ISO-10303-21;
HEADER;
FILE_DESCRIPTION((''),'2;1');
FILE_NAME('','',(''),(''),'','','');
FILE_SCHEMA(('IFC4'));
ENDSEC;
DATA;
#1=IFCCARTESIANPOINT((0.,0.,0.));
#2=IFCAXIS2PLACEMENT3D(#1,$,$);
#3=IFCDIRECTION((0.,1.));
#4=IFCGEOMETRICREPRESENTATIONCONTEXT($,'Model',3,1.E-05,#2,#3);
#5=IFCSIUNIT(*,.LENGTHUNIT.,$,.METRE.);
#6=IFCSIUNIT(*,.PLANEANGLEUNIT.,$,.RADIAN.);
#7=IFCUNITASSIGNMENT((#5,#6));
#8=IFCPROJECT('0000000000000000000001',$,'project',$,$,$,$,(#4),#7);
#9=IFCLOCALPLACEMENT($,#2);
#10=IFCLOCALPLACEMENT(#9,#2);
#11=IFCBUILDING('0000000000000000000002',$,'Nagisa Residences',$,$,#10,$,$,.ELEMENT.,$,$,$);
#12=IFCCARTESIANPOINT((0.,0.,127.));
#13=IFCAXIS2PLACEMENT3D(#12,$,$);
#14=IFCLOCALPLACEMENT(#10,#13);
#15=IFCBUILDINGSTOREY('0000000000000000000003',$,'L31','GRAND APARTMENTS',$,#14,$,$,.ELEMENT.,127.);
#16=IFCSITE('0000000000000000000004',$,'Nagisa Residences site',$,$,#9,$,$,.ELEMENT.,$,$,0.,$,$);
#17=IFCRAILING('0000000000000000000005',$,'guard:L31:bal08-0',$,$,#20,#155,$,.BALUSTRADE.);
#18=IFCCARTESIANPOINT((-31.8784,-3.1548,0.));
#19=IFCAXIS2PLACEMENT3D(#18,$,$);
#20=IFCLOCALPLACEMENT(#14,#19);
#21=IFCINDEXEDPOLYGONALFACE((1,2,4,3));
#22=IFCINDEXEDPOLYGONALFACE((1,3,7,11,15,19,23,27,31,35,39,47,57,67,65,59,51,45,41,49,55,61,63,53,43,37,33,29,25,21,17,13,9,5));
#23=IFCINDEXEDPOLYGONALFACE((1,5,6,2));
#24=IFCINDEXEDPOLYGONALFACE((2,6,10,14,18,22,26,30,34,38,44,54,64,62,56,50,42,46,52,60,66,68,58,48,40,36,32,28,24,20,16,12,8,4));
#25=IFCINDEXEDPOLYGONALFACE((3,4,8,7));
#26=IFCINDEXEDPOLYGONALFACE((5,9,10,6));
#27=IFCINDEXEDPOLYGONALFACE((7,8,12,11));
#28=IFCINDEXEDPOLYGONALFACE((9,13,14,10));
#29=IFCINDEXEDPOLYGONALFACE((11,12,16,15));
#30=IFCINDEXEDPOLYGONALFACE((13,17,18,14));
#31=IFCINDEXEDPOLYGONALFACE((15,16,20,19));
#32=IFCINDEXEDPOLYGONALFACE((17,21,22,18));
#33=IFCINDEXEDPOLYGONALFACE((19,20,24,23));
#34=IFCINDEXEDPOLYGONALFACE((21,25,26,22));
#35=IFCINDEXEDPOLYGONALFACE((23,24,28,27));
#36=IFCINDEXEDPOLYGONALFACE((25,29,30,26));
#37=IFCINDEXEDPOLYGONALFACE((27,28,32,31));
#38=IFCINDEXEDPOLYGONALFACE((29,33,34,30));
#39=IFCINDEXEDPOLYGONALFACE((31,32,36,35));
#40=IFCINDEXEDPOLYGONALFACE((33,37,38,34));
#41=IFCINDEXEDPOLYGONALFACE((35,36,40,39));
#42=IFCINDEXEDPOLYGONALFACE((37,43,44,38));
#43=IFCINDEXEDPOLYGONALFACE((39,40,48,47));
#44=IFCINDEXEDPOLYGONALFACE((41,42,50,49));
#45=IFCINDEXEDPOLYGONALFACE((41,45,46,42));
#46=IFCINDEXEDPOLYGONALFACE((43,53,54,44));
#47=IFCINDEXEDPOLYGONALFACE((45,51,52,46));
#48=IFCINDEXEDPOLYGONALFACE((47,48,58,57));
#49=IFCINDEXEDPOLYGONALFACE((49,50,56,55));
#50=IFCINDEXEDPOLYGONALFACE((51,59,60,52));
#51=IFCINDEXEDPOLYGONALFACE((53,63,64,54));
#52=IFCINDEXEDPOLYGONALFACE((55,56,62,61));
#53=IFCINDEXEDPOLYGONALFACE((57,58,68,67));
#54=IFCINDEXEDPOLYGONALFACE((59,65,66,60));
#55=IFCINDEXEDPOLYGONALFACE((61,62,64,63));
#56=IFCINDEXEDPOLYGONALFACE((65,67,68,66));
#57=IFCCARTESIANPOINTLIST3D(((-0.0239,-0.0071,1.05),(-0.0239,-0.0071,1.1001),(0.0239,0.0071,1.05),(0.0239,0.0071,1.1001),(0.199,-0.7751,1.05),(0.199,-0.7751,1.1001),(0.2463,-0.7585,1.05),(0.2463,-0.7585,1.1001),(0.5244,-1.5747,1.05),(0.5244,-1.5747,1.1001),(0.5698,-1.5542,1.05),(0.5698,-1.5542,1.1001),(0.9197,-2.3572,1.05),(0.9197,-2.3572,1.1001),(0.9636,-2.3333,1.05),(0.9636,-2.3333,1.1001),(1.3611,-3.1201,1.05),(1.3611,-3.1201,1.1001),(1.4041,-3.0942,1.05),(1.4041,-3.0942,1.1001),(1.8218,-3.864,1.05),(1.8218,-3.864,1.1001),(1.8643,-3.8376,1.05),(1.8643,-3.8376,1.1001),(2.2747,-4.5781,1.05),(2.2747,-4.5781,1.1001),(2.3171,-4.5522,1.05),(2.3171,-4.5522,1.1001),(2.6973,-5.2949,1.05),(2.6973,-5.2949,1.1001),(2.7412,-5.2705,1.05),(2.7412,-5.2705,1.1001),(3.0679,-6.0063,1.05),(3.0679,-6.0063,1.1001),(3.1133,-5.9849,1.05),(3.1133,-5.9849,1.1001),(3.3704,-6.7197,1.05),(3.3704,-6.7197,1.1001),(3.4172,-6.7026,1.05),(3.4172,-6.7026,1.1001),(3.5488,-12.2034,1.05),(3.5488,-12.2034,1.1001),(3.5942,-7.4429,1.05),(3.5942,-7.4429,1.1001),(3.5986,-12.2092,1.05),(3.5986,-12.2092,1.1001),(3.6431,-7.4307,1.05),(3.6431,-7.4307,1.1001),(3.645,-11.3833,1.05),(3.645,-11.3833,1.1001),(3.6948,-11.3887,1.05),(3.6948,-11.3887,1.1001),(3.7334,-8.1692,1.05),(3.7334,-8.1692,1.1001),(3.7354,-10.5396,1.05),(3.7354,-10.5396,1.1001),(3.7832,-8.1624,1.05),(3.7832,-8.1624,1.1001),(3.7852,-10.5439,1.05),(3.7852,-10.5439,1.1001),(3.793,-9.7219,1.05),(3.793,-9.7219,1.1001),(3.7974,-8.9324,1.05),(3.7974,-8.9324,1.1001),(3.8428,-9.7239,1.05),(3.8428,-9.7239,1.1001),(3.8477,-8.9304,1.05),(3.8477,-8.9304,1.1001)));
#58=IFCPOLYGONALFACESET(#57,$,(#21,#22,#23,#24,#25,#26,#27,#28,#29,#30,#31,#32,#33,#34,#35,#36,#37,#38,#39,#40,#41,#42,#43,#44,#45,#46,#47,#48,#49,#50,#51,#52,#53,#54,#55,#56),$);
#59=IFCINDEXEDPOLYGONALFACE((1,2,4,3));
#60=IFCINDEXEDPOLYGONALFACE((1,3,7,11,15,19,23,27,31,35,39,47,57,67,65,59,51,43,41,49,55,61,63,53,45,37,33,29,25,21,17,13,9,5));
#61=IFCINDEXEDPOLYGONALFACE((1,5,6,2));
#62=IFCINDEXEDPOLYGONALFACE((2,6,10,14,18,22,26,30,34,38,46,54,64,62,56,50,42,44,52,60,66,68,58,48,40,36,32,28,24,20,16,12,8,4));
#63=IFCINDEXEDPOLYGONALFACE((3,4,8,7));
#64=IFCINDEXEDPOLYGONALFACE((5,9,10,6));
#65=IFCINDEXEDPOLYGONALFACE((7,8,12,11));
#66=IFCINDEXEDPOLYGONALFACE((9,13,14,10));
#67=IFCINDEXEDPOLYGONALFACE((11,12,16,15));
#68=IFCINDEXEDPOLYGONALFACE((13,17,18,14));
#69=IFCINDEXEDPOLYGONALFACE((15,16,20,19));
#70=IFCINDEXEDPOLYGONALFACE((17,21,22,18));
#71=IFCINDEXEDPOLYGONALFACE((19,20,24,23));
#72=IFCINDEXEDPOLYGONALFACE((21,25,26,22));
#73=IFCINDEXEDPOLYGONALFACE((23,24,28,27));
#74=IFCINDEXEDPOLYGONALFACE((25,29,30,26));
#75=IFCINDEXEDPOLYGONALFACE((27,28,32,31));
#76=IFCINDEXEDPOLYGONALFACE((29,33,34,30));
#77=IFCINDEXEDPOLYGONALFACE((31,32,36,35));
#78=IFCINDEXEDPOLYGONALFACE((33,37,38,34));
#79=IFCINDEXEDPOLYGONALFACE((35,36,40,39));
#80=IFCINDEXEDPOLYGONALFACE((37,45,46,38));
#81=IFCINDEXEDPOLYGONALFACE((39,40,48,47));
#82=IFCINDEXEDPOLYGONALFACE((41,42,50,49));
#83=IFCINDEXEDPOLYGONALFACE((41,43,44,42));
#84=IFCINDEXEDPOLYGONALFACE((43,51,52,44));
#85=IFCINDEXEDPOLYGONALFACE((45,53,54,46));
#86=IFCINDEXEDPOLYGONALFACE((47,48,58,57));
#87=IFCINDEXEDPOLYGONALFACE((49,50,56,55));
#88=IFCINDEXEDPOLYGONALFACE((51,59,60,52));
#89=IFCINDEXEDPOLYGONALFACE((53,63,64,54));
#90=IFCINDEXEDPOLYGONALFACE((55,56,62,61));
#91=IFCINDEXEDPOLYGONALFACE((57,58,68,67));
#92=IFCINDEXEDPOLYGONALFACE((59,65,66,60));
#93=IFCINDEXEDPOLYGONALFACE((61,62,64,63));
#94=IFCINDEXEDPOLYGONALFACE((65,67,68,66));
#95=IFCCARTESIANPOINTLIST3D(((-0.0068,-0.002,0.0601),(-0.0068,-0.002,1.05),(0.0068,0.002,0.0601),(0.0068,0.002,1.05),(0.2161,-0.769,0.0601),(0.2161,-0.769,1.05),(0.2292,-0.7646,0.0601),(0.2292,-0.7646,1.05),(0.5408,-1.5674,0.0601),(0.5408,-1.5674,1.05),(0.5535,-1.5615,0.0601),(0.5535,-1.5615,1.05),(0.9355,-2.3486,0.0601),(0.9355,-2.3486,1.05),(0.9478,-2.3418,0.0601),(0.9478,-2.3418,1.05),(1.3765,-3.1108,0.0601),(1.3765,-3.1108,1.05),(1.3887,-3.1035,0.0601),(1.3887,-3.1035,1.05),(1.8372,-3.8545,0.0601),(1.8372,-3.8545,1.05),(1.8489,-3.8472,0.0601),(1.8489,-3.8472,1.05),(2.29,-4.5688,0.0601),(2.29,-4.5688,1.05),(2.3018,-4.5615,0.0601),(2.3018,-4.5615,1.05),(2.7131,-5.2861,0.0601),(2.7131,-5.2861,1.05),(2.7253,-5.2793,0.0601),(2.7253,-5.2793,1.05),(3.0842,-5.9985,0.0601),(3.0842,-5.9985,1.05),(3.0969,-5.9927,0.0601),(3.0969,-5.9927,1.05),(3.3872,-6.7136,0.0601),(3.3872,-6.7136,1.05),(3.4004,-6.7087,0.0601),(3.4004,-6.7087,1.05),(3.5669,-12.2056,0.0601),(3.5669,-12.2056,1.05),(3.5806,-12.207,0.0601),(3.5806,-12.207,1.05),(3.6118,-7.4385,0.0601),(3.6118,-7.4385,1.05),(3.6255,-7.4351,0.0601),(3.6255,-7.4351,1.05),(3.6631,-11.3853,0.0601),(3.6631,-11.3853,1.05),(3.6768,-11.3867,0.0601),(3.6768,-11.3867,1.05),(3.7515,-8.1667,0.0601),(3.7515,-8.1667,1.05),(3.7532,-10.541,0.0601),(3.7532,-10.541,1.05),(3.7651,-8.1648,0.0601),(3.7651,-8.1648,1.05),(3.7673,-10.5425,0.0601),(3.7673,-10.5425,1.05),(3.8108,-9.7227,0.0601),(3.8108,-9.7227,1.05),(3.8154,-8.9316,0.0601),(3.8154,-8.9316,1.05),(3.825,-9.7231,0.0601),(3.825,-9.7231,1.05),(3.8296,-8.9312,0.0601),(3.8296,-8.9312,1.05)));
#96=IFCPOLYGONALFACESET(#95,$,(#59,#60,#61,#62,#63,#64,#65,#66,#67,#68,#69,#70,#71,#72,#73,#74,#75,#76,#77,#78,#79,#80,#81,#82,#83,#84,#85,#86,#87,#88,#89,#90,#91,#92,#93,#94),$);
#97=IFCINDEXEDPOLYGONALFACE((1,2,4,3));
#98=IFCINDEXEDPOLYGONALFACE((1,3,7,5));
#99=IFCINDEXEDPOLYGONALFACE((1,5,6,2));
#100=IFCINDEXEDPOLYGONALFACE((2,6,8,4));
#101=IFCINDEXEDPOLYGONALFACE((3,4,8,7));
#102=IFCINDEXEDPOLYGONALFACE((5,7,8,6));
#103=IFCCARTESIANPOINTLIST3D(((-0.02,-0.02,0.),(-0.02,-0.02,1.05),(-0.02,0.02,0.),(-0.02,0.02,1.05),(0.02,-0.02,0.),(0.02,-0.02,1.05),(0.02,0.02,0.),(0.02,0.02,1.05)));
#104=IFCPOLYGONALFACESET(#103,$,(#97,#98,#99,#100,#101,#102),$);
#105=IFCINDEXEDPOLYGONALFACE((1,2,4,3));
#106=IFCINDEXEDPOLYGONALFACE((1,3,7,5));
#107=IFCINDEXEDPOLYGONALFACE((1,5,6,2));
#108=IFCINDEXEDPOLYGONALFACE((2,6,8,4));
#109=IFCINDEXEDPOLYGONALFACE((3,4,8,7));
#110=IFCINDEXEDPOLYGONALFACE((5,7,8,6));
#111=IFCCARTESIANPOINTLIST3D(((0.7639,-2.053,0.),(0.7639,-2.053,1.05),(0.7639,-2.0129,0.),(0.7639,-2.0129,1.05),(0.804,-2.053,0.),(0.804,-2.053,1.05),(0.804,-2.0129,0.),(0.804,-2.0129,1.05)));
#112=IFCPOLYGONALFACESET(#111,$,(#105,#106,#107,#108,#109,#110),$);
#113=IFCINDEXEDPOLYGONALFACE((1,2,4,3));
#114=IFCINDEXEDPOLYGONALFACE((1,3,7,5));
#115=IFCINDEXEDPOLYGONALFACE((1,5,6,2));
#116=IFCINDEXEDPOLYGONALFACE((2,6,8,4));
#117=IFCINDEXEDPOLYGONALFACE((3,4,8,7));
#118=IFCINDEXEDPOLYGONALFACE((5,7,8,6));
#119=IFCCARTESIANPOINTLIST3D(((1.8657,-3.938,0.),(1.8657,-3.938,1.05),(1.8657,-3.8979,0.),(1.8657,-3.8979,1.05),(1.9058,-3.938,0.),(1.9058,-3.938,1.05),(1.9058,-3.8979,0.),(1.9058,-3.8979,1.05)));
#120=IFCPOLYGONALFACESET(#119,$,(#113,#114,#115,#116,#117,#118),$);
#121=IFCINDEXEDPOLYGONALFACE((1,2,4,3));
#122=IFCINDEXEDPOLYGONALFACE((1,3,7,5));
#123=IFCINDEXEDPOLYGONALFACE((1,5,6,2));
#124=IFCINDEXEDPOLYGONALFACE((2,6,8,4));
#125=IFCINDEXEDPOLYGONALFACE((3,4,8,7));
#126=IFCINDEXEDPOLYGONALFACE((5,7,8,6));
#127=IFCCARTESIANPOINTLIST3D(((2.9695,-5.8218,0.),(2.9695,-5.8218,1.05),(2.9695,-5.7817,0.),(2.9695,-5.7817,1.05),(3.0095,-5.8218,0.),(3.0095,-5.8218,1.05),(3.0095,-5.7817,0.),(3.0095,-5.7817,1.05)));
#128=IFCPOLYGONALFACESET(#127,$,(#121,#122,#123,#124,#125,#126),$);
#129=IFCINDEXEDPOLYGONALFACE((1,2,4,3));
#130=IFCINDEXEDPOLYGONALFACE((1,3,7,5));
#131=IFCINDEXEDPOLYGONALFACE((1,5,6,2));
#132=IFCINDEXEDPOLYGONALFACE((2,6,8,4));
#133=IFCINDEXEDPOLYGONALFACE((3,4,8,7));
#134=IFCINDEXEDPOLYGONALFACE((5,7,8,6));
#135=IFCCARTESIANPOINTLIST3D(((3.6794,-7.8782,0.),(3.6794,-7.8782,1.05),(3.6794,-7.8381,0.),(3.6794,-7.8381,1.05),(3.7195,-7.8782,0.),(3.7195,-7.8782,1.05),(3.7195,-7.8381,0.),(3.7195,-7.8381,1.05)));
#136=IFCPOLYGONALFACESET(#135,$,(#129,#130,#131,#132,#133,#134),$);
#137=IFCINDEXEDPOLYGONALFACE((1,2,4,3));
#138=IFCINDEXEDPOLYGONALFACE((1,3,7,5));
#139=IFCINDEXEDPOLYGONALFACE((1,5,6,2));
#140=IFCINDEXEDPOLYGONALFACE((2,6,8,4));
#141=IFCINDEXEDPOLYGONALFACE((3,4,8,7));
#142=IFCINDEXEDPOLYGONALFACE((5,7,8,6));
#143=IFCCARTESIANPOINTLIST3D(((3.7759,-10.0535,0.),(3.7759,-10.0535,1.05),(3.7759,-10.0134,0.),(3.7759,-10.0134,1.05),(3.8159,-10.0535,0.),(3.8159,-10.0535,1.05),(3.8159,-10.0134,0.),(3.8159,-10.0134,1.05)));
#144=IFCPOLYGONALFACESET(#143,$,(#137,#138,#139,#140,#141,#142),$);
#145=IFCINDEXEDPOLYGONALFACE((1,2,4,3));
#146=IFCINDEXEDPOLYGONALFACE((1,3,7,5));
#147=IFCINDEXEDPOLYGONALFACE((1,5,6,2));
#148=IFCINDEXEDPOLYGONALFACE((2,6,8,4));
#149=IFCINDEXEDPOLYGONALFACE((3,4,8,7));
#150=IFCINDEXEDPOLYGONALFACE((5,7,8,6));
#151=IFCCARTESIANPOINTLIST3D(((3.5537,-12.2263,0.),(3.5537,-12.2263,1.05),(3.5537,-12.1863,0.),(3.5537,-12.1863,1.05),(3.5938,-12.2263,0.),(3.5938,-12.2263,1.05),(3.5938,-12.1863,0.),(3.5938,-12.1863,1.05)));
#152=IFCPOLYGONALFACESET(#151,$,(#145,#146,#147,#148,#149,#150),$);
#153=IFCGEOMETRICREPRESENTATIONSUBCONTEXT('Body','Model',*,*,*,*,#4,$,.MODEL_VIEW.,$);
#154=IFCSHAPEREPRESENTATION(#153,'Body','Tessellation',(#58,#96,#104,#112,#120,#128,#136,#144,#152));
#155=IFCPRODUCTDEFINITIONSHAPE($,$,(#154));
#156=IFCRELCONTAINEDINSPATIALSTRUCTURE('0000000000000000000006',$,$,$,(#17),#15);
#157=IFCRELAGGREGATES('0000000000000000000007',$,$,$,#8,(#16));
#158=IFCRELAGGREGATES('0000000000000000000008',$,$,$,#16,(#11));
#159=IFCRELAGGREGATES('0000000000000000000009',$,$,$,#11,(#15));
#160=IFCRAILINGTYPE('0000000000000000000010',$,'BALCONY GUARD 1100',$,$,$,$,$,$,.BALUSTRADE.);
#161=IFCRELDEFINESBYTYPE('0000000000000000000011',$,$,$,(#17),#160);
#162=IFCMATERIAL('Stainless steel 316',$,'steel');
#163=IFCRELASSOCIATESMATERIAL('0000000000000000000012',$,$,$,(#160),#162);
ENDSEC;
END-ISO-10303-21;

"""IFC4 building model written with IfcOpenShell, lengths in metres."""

from ifc_helpers import new_model, si_unit, direction, frame, origin, origin_2d, place, context, subcontext, project, spatial, polyline, rectangle, outline, extrude, material, type_object, element, save


model = new_model("IFC4")

# Units and contexts
model_context = context("Model", 3, precision=1e-05, world=origin(), true_north=direction((0.0, 1.0)))
body_context = subcontext(model_context, "Body", "Model", "MODEL_VIEW")
ifc_project = project(units=[si_unit("LENGTHUNIT", "METRE"), si_unit("PLANEANGLEUNIT", "RADIAN")], contexts=[model_context])

# Site, building, storey
site_placement = place(None, origin())
site = spatial("IfcSite", under=ifc_project, at=site_placement, Name="Nagisa Residences site", CompositionType="ELEMENT", RefElevation=0.0)
building_placement = place(site_placement, origin())
building = spatial("IfcBuilding", under=site, at=building_placement, Name="Nagisa Residences", CompositionType="ELEMENT")
storey_placement = place(building_placement, frame((0.0, 0.0, 127.0)))
storey = spatial("IfcBuildingStorey", under=building, at=storey_placement, Name="L31", Description="GRAND APARTMENTS", CompositionType="ELEMENT", Elevation=127.0)

# Railing
ifc_material_1 = material(Name="Stainless steel 316", Category="steel")
railing_type = type_object("IfcRailingType", Name="BALCONY GUARD 1100", PredefinedType="BALUSTRADE", material=ifc_material_1)
railing_1_placement = place(storey_placement, frame((-31.8784, -3.1548, 0.0)))
element("IfcRailing", 1, at=railing_1_placement, inside=storey, type_object=railing_type, Name="guard:L31:bal08-0", PredefinedType="BALUSTRADE", context=body_context, shape_type="SweptSolid", body=[
    extrude(outline(polyline([(0.2463, -0.7585), (0.0239, 0.0071), (-0.0239, -0.0071), (0.199, -0.7751), (0.5244, -1.5747), (0.9197, -2.3572), (1.3611, -3.1201), (1.8218, -3.864), (2.2747, -4.5781), (2.6973, -5.2949), (3.0679, -6.0063), (3.3704, -6.7197), (3.5942, -7.4429), (3.7334, -8.1692), (3.7974, -8.9324), (3.793, -9.7219), (3.7354, -10.5396), (3.645, -11.3833), (3.5488, -12.2034), (3.5986, -12.2092), (3.6948, -11.3887), (3.7852, -10.5439), (3.8428, -9.7239), (3.8477, -8.9304), (3.7832, -8.1624), (3.6431, -7.4307), (3.4172, -6.7026), (3.1133, -5.9849), (2.7412, -5.2705), (2.3171, -4.5522), (1.8643, -3.8376), (1.4041, -3.0942), (0.9636, -2.3333), (0.5698, -1.5542), (0.2463, -0.7585)])), frame((0.0, 0.0, 1.05)), (0.0, 0.0, 1.0), 0.05),
    extrude(outline(polyline([(0.2292, -0.7646), (0.0068, 0.002), (-0.0068, -0.002), (0.2161, -0.769), (0.5408, -1.5674), (0.9355, -2.3486), (1.3765, -3.1108), (1.8372, -3.8545), (2.29, -4.5688), (2.7131, -5.2861), (3.0842, -5.9985), (3.3872, -6.7136), (3.6118, -7.4385), (3.7515, -8.1667), (3.8154, -8.9316), (3.8108, -9.7227), (3.7532, -10.541), (3.6631, -11.3853), (3.5669, -12.2056), (3.5806, -12.207), (3.6768, -11.3867), (3.7673, -10.5425), (3.825, -9.7231), (3.8296, -8.9312), (3.7651, -8.1648), (3.6255, -7.4351), (3.4004, -6.7087), (3.0969, -5.9927), (2.7253, -5.2793), (2.3018, -4.5615), (1.8489, -3.8472), (1.3887, -3.1035), (0.9478, -2.3418), (0.5535, -1.5615), (0.2292, -0.7646)])), frame((0.0, 0.0, 0.0601)), (0.0, 0.0, 1.0), 0.99),
    extrude(rectangle(XDim=0.04, YDim=0.04, at=origin_2d()), origin(), (0.0, 0.0, 1.0), 1.05),
    extrude(rectangle(XDim=0.04, YDim=0.04, at=origin_2d()), frame((0.7839, -2.033, 0.0)), (0.0, 0.0, 1.0), 1.05),
    extrude(rectangle(XDim=0.04, YDim=0.04, at=origin_2d()), frame((1.8857, -3.918, 0.0)), (0.0, 0.0, 1.0), 1.05),
    extrude(rectangle(XDim=0.04, YDim=0.04, at=origin_2d()), frame((2.9895, -5.8018, 0.0)), (0.0, 0.0, 1.0), 1.05),
    extrude(rectangle(XDim=0.04, YDim=0.04, at=origin_2d()), frame((3.6995, -7.8582, 0.0)), (0.0, 0.0, 1.0), 1.05),
    extrude(rectangle(XDim=0.04, YDim=0.04, at=origin_2d()), frame((3.7959, -10.0334, 0.0)), (0.0, 0.0, 1.0), 1.05),
    extrude(rectangle(XDim=0.04, YDim=0.04, at=origin_2d()), frame((3.5737, -12.2063, 0.0)), (0.0, 0.0, 1.0), 1.05),
])

save(model, "model.ifc")
